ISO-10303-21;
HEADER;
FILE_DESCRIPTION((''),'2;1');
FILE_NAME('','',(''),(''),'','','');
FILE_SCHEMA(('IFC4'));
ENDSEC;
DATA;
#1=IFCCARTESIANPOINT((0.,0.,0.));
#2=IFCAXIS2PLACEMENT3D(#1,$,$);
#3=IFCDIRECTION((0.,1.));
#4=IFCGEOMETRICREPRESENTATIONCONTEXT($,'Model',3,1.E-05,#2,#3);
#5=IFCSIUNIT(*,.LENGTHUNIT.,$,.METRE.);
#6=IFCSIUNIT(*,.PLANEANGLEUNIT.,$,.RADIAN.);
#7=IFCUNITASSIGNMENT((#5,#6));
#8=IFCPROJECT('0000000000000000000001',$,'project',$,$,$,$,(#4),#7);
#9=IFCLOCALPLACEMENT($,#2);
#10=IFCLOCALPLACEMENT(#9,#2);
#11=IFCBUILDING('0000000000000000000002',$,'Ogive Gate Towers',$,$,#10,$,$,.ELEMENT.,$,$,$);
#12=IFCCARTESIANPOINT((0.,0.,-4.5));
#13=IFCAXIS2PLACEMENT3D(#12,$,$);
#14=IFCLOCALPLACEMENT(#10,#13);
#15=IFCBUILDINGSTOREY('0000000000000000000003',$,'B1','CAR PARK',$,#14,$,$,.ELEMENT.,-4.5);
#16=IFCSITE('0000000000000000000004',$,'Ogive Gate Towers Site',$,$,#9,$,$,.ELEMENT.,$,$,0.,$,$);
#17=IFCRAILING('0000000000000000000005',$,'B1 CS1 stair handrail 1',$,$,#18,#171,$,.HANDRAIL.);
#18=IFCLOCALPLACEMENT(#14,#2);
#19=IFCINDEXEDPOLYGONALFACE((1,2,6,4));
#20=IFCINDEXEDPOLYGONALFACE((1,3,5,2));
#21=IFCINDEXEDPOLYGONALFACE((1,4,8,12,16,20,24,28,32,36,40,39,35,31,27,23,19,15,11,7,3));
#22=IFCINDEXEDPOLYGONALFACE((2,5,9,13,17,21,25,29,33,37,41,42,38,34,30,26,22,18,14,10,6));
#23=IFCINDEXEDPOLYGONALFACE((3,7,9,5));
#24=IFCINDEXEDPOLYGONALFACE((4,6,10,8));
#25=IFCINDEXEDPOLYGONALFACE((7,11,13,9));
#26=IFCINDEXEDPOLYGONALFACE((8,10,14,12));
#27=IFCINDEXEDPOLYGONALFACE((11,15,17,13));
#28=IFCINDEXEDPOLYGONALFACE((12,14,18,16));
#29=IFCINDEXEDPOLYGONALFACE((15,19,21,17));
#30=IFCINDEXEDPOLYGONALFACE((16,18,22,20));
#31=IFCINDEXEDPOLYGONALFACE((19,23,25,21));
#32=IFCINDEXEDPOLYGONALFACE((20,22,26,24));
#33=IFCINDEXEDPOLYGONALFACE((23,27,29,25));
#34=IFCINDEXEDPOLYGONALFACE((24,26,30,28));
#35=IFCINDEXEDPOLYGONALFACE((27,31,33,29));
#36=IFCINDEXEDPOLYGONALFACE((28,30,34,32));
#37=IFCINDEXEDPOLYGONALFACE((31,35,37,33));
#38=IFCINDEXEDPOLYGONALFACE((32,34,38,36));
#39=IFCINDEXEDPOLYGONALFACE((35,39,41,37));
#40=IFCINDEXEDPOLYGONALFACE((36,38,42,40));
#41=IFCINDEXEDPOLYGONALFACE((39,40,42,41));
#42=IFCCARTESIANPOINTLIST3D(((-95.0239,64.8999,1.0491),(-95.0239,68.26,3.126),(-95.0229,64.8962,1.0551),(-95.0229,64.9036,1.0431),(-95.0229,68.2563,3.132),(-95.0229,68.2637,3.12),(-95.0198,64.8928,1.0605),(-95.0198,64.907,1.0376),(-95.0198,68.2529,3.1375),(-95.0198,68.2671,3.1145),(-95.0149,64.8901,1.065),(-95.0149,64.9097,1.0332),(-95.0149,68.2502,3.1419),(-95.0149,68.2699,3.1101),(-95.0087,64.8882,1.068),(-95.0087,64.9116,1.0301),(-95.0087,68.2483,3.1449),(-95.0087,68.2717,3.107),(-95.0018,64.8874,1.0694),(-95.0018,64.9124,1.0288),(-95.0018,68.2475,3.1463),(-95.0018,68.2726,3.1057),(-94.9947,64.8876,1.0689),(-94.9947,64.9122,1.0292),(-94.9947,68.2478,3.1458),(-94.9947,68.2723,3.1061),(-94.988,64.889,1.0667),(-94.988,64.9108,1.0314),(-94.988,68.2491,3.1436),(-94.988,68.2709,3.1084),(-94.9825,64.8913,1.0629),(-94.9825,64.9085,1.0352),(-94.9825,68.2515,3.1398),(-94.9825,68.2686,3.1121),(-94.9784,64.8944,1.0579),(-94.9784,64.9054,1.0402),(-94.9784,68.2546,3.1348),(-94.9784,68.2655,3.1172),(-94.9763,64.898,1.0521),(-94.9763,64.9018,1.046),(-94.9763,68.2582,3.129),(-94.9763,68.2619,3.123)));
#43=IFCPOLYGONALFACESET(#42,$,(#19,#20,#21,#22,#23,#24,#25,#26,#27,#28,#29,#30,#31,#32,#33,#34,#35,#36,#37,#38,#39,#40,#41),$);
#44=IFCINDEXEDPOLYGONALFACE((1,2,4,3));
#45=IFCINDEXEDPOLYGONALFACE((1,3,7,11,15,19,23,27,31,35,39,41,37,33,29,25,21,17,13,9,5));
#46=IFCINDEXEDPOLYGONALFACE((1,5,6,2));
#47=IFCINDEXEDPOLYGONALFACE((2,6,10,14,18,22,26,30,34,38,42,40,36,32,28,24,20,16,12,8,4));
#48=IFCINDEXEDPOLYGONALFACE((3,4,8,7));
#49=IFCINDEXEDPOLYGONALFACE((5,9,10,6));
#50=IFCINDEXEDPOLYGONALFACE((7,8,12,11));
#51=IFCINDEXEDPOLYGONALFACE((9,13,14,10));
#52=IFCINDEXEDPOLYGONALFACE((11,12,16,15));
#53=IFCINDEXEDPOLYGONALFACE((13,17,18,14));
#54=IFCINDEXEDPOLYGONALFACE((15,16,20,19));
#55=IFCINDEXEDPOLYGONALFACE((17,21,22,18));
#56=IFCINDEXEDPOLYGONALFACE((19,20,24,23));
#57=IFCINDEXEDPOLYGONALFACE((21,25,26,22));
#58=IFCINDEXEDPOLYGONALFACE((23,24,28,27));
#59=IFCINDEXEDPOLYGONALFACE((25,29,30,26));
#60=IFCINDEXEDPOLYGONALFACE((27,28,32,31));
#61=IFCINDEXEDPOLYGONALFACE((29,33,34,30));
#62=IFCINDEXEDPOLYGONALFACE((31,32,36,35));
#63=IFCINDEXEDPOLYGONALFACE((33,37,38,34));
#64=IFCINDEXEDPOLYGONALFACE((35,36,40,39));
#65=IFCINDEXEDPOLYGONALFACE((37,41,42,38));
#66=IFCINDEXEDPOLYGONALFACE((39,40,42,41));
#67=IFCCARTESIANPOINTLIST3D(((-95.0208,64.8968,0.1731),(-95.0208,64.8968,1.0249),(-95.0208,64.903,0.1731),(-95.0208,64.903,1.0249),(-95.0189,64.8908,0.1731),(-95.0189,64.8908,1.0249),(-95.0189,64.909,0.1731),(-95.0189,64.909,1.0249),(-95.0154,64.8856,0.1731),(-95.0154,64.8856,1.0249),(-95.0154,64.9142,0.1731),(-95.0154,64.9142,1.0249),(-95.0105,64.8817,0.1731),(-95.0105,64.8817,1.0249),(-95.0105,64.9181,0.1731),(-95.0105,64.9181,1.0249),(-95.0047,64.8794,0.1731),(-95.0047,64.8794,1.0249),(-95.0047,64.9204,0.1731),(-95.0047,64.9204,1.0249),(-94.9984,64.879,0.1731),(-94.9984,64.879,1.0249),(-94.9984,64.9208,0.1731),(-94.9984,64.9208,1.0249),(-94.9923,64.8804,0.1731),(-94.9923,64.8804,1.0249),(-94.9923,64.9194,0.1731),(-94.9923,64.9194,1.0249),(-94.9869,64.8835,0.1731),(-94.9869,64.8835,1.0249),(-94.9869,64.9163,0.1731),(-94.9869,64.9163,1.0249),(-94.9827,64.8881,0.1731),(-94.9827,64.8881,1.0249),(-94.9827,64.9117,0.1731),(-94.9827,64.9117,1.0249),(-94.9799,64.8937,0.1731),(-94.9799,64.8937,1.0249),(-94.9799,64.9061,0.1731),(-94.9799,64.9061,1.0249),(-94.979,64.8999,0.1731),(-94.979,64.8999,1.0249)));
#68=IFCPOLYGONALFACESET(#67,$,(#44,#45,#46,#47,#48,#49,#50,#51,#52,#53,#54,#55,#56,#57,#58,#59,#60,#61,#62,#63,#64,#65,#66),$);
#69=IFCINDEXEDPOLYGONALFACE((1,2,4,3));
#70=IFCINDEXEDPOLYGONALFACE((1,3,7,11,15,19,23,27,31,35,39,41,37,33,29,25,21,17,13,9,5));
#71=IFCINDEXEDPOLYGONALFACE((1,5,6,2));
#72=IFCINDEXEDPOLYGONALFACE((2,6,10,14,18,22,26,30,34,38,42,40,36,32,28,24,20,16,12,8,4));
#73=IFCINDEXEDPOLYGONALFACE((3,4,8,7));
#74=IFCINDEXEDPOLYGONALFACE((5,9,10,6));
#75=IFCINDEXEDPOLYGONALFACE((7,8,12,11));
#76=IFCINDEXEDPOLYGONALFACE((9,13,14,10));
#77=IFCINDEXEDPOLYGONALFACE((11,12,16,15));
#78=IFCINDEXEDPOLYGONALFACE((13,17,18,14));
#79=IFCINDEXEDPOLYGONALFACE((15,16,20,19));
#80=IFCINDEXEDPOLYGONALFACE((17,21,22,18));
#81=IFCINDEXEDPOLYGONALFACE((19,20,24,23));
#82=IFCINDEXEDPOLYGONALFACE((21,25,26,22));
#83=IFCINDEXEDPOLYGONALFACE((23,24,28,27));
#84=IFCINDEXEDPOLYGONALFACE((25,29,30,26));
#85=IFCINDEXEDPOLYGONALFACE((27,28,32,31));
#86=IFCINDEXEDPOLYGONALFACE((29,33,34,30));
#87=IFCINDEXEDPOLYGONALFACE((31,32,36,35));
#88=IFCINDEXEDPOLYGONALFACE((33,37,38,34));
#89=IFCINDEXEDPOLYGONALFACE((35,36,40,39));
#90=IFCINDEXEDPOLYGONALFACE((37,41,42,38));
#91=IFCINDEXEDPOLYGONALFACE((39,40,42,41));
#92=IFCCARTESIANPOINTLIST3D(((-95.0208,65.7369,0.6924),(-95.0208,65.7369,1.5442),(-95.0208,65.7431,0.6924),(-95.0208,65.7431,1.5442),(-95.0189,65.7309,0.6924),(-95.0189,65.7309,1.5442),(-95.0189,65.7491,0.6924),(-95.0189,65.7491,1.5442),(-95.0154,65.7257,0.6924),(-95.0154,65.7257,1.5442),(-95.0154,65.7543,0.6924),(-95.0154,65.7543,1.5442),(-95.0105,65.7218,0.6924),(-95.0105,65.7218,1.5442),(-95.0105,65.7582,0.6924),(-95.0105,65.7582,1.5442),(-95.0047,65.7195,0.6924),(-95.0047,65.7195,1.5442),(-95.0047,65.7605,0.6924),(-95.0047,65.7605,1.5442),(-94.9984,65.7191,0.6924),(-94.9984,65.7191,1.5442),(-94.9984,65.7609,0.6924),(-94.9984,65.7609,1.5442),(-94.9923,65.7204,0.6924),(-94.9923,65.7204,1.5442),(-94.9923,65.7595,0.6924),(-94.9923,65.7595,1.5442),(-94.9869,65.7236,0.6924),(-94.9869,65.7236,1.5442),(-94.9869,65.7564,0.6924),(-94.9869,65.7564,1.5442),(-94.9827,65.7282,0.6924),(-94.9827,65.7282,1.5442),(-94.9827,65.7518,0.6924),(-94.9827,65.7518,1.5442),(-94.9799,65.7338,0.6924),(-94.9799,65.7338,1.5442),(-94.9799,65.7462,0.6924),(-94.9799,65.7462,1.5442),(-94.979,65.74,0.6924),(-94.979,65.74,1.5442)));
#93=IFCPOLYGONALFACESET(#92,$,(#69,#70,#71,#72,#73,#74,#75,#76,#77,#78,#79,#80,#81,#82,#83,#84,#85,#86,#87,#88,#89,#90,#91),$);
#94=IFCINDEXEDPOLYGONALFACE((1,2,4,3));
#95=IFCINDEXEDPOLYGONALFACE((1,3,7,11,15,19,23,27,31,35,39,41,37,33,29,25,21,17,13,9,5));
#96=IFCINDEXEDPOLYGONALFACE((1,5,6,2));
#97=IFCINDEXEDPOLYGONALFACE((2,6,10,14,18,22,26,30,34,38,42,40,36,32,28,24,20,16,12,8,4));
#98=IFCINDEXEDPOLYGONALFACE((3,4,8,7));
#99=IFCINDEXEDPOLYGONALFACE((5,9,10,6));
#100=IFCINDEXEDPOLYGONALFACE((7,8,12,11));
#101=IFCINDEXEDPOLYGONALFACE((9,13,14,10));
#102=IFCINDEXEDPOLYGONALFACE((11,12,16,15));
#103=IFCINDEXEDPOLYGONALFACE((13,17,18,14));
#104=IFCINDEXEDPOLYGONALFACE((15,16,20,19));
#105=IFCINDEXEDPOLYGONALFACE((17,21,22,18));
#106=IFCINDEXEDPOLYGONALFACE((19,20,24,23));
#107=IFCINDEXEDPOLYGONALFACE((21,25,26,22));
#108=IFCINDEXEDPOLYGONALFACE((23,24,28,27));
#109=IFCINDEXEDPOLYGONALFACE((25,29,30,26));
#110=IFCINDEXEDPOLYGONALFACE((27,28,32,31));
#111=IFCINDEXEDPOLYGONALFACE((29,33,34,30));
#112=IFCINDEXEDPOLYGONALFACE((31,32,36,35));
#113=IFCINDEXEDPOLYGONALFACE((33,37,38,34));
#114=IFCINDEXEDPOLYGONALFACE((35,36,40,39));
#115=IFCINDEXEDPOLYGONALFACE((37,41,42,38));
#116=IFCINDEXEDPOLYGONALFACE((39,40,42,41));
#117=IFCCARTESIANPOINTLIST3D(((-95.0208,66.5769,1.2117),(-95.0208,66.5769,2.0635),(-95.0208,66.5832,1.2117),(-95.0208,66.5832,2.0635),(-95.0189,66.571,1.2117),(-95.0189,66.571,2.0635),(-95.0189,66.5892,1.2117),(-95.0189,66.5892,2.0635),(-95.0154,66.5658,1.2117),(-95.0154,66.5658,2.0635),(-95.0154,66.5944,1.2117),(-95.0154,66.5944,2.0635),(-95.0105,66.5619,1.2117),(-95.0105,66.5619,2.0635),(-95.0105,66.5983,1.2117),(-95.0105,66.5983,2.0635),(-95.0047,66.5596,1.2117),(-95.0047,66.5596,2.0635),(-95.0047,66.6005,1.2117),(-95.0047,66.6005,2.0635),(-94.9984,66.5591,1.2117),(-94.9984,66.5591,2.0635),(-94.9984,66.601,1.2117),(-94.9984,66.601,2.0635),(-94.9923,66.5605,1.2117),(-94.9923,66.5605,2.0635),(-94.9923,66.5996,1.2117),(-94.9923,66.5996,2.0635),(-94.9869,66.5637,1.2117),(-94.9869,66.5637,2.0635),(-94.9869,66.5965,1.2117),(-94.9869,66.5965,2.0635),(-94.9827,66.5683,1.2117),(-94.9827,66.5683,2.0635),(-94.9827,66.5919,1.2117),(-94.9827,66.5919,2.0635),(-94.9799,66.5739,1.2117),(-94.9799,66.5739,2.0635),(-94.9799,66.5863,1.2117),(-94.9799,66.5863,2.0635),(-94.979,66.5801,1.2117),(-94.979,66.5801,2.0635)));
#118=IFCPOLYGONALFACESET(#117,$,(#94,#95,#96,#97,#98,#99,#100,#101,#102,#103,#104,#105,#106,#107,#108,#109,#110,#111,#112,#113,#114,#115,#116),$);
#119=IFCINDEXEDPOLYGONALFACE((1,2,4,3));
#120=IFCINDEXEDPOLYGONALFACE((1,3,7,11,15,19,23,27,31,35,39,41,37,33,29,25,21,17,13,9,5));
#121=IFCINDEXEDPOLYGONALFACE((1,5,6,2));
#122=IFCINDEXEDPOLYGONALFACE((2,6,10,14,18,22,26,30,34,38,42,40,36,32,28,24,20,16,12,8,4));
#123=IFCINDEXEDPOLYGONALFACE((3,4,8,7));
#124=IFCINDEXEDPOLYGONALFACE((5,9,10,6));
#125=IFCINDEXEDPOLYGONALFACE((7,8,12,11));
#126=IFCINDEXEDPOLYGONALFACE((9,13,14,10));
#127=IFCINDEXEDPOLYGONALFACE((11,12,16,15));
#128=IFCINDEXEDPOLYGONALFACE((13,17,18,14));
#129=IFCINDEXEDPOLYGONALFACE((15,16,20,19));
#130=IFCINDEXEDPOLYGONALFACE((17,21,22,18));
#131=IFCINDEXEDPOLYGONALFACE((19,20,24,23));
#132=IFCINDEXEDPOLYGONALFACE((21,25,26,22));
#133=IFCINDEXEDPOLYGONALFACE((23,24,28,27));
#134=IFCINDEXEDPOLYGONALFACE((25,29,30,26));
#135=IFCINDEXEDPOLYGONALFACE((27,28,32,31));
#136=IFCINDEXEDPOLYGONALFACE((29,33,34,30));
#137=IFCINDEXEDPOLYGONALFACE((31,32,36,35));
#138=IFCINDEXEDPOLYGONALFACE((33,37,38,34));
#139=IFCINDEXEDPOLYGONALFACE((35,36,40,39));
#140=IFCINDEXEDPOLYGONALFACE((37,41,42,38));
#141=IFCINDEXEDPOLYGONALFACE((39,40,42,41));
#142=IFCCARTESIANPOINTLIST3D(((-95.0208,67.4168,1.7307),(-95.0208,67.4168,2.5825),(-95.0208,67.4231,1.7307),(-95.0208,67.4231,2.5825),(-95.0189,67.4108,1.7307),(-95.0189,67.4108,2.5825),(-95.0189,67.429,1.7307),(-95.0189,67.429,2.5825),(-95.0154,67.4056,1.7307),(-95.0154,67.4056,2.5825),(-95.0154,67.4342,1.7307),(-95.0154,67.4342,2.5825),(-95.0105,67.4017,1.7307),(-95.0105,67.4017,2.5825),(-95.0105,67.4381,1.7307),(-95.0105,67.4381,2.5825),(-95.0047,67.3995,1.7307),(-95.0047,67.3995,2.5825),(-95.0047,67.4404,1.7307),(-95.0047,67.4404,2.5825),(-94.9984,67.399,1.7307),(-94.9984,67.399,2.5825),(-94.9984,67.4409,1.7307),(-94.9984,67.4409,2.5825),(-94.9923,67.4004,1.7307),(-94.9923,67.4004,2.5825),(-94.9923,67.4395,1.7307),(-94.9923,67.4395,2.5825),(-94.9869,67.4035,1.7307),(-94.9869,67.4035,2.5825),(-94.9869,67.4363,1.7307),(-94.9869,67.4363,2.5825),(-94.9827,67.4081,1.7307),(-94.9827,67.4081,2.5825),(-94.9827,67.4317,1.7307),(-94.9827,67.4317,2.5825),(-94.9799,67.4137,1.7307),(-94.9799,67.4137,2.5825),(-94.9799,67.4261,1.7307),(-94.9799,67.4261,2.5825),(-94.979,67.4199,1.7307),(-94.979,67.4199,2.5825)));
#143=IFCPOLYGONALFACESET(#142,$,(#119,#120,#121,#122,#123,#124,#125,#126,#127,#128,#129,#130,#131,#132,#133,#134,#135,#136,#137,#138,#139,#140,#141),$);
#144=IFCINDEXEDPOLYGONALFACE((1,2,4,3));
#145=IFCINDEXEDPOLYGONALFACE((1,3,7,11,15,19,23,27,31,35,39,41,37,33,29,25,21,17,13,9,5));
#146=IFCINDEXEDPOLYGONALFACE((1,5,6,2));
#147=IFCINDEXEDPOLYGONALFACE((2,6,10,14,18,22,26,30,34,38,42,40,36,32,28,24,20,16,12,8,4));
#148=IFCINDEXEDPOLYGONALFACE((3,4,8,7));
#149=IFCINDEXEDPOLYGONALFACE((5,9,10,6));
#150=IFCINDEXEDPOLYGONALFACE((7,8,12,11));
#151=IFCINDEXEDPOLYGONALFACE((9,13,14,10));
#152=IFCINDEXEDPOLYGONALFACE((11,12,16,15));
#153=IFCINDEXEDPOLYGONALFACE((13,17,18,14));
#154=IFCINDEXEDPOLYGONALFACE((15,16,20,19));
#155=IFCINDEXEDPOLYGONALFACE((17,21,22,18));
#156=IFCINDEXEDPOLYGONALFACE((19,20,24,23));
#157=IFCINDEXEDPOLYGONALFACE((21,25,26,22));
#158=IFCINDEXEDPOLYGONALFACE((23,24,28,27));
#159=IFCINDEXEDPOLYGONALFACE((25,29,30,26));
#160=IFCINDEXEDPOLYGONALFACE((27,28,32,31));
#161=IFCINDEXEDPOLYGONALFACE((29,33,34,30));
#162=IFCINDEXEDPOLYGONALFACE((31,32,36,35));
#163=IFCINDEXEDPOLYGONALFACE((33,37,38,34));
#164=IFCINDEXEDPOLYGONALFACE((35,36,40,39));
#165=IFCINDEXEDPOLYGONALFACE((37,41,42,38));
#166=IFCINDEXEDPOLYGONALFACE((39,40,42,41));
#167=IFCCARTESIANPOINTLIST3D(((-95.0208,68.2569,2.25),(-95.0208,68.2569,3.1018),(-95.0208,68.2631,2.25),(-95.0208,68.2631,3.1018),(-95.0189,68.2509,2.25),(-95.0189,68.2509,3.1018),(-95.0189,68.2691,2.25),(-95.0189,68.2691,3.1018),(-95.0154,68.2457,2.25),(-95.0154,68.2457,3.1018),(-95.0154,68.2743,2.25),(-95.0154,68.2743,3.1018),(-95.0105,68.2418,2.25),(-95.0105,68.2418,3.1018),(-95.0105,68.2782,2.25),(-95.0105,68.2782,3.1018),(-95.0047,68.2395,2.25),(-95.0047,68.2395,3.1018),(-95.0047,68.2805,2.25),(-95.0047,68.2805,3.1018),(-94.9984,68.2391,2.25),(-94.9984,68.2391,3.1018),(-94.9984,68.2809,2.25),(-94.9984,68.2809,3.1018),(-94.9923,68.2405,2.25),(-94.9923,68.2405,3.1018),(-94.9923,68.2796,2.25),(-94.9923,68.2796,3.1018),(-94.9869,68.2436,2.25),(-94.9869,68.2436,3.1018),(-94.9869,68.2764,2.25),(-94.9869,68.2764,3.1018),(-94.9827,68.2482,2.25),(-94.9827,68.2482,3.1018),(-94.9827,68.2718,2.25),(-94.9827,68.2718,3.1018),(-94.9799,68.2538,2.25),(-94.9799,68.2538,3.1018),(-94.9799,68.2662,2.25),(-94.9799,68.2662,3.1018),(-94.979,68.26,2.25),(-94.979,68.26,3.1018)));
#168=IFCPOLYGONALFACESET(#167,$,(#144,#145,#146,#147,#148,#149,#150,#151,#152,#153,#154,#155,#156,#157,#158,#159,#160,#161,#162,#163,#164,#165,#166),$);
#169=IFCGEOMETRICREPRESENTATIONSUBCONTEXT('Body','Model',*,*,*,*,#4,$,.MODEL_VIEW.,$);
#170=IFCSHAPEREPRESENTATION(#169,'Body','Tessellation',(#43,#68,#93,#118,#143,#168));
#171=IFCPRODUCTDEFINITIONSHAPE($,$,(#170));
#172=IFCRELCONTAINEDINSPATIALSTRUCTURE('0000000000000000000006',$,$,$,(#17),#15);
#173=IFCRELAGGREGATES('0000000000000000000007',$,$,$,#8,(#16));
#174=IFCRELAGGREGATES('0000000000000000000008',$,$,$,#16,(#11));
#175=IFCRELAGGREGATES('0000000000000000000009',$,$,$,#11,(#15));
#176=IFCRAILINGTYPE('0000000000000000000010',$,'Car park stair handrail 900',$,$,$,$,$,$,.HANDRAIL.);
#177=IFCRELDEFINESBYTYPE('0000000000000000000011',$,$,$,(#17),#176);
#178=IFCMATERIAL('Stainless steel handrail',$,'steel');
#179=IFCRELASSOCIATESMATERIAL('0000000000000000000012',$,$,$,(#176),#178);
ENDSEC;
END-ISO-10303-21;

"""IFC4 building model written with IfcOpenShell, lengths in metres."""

from ifc_helpers import new_model, si_unit, direction, frame, origin, origin_2d, place, context, subcontext, project, spatial, circle, extrude, material, type_object, element, save


model = new_model("IFC4")

# Units and contexts
model_context = context("Model", 3, precision=1e-05, world=origin(), true_north=direction((0.0, 1.0)))
body_context = subcontext(model_context, "Body", "Model", "MODEL_VIEW")
ifc_project = project(units=[si_unit("LENGTHUNIT", "METRE"), si_unit("PLANEANGLEUNIT", "RADIAN")], contexts=[model_context])

# Site, building, storey
site_placement = place(None, origin())
site = spatial("IfcSite", under=ifc_project, at=site_placement, Name="Ogive Gate Towers Site", CompositionType="ELEMENT", RefElevation=0.0)
building_placement = place(site_placement, origin())
building = spatial("IfcBuilding", under=site, at=building_placement, Name="Ogive Gate Towers", CompositionType="ELEMENT")
storey_placement = place(building_placement, frame((0.0, 0.0, -4.5)))
storey = spatial("IfcBuildingStorey", under=building, at=storey_placement, Name="B1", Description="CAR PARK", CompositionType="ELEMENT", Elevation=-4.5)

# Railing
ifc_material_1 = material(Name="Stainless steel handrail", Category="steel")
railing_type_1 = type_object("IfcRailingType", Name="Car park stair handrail 900", PredefinedType="HANDRAIL", material=ifc_material_1)
railing_1_placement = place(storey_placement, frame((-95.0, 64.8999, 0.1731)))
element("IfcRailing", 1, at=railing_1_placement, inside=storey, type_object=railing_type_1, Name="B1 CS1 stair handrail 1", PredefinedType="HANDRAIL", context=body_context, shape_type="SweptSolid", body=[
    extrude(circle(Radius=0.0239, at=origin_2d()), frame((0.0, 0.0, 0.876), z_axis=(0.0, 0.850623, 0.525776), x_axis=(-1.0, 0.0, 0.0)), (0.0, 0.0, 1.0), 3.9502),
    extrude(circle(Radius=0.021, at=origin_2d()), origin(), (0.0, 0.0, 1.0), 0.8518),
    extrude(circle(Radius=0.021, at=origin_2d()), frame((0.0, 0.8401, 0.5193)), (0.0, 0.0, 1.0), 0.8518),
    extrude(circle(Radius=0.021, at=origin_2d()), frame((0.0, 1.6802, 1.0386)), (0.0, 0.0, 1.0), 0.8518),
    extrude(circle(Radius=0.021, at=origin_2d()), frame((0.0, 2.52, 1.5576)), (0.0, 0.0, 1.0), 0.8518),
    extrude(circle(Radius=0.021, at=origin_2d()), frame((0.0, 3.3601, 2.0769)), (0.0, 0.0, 1.0), 0.8518),
])

save(model, "model.ifc")
